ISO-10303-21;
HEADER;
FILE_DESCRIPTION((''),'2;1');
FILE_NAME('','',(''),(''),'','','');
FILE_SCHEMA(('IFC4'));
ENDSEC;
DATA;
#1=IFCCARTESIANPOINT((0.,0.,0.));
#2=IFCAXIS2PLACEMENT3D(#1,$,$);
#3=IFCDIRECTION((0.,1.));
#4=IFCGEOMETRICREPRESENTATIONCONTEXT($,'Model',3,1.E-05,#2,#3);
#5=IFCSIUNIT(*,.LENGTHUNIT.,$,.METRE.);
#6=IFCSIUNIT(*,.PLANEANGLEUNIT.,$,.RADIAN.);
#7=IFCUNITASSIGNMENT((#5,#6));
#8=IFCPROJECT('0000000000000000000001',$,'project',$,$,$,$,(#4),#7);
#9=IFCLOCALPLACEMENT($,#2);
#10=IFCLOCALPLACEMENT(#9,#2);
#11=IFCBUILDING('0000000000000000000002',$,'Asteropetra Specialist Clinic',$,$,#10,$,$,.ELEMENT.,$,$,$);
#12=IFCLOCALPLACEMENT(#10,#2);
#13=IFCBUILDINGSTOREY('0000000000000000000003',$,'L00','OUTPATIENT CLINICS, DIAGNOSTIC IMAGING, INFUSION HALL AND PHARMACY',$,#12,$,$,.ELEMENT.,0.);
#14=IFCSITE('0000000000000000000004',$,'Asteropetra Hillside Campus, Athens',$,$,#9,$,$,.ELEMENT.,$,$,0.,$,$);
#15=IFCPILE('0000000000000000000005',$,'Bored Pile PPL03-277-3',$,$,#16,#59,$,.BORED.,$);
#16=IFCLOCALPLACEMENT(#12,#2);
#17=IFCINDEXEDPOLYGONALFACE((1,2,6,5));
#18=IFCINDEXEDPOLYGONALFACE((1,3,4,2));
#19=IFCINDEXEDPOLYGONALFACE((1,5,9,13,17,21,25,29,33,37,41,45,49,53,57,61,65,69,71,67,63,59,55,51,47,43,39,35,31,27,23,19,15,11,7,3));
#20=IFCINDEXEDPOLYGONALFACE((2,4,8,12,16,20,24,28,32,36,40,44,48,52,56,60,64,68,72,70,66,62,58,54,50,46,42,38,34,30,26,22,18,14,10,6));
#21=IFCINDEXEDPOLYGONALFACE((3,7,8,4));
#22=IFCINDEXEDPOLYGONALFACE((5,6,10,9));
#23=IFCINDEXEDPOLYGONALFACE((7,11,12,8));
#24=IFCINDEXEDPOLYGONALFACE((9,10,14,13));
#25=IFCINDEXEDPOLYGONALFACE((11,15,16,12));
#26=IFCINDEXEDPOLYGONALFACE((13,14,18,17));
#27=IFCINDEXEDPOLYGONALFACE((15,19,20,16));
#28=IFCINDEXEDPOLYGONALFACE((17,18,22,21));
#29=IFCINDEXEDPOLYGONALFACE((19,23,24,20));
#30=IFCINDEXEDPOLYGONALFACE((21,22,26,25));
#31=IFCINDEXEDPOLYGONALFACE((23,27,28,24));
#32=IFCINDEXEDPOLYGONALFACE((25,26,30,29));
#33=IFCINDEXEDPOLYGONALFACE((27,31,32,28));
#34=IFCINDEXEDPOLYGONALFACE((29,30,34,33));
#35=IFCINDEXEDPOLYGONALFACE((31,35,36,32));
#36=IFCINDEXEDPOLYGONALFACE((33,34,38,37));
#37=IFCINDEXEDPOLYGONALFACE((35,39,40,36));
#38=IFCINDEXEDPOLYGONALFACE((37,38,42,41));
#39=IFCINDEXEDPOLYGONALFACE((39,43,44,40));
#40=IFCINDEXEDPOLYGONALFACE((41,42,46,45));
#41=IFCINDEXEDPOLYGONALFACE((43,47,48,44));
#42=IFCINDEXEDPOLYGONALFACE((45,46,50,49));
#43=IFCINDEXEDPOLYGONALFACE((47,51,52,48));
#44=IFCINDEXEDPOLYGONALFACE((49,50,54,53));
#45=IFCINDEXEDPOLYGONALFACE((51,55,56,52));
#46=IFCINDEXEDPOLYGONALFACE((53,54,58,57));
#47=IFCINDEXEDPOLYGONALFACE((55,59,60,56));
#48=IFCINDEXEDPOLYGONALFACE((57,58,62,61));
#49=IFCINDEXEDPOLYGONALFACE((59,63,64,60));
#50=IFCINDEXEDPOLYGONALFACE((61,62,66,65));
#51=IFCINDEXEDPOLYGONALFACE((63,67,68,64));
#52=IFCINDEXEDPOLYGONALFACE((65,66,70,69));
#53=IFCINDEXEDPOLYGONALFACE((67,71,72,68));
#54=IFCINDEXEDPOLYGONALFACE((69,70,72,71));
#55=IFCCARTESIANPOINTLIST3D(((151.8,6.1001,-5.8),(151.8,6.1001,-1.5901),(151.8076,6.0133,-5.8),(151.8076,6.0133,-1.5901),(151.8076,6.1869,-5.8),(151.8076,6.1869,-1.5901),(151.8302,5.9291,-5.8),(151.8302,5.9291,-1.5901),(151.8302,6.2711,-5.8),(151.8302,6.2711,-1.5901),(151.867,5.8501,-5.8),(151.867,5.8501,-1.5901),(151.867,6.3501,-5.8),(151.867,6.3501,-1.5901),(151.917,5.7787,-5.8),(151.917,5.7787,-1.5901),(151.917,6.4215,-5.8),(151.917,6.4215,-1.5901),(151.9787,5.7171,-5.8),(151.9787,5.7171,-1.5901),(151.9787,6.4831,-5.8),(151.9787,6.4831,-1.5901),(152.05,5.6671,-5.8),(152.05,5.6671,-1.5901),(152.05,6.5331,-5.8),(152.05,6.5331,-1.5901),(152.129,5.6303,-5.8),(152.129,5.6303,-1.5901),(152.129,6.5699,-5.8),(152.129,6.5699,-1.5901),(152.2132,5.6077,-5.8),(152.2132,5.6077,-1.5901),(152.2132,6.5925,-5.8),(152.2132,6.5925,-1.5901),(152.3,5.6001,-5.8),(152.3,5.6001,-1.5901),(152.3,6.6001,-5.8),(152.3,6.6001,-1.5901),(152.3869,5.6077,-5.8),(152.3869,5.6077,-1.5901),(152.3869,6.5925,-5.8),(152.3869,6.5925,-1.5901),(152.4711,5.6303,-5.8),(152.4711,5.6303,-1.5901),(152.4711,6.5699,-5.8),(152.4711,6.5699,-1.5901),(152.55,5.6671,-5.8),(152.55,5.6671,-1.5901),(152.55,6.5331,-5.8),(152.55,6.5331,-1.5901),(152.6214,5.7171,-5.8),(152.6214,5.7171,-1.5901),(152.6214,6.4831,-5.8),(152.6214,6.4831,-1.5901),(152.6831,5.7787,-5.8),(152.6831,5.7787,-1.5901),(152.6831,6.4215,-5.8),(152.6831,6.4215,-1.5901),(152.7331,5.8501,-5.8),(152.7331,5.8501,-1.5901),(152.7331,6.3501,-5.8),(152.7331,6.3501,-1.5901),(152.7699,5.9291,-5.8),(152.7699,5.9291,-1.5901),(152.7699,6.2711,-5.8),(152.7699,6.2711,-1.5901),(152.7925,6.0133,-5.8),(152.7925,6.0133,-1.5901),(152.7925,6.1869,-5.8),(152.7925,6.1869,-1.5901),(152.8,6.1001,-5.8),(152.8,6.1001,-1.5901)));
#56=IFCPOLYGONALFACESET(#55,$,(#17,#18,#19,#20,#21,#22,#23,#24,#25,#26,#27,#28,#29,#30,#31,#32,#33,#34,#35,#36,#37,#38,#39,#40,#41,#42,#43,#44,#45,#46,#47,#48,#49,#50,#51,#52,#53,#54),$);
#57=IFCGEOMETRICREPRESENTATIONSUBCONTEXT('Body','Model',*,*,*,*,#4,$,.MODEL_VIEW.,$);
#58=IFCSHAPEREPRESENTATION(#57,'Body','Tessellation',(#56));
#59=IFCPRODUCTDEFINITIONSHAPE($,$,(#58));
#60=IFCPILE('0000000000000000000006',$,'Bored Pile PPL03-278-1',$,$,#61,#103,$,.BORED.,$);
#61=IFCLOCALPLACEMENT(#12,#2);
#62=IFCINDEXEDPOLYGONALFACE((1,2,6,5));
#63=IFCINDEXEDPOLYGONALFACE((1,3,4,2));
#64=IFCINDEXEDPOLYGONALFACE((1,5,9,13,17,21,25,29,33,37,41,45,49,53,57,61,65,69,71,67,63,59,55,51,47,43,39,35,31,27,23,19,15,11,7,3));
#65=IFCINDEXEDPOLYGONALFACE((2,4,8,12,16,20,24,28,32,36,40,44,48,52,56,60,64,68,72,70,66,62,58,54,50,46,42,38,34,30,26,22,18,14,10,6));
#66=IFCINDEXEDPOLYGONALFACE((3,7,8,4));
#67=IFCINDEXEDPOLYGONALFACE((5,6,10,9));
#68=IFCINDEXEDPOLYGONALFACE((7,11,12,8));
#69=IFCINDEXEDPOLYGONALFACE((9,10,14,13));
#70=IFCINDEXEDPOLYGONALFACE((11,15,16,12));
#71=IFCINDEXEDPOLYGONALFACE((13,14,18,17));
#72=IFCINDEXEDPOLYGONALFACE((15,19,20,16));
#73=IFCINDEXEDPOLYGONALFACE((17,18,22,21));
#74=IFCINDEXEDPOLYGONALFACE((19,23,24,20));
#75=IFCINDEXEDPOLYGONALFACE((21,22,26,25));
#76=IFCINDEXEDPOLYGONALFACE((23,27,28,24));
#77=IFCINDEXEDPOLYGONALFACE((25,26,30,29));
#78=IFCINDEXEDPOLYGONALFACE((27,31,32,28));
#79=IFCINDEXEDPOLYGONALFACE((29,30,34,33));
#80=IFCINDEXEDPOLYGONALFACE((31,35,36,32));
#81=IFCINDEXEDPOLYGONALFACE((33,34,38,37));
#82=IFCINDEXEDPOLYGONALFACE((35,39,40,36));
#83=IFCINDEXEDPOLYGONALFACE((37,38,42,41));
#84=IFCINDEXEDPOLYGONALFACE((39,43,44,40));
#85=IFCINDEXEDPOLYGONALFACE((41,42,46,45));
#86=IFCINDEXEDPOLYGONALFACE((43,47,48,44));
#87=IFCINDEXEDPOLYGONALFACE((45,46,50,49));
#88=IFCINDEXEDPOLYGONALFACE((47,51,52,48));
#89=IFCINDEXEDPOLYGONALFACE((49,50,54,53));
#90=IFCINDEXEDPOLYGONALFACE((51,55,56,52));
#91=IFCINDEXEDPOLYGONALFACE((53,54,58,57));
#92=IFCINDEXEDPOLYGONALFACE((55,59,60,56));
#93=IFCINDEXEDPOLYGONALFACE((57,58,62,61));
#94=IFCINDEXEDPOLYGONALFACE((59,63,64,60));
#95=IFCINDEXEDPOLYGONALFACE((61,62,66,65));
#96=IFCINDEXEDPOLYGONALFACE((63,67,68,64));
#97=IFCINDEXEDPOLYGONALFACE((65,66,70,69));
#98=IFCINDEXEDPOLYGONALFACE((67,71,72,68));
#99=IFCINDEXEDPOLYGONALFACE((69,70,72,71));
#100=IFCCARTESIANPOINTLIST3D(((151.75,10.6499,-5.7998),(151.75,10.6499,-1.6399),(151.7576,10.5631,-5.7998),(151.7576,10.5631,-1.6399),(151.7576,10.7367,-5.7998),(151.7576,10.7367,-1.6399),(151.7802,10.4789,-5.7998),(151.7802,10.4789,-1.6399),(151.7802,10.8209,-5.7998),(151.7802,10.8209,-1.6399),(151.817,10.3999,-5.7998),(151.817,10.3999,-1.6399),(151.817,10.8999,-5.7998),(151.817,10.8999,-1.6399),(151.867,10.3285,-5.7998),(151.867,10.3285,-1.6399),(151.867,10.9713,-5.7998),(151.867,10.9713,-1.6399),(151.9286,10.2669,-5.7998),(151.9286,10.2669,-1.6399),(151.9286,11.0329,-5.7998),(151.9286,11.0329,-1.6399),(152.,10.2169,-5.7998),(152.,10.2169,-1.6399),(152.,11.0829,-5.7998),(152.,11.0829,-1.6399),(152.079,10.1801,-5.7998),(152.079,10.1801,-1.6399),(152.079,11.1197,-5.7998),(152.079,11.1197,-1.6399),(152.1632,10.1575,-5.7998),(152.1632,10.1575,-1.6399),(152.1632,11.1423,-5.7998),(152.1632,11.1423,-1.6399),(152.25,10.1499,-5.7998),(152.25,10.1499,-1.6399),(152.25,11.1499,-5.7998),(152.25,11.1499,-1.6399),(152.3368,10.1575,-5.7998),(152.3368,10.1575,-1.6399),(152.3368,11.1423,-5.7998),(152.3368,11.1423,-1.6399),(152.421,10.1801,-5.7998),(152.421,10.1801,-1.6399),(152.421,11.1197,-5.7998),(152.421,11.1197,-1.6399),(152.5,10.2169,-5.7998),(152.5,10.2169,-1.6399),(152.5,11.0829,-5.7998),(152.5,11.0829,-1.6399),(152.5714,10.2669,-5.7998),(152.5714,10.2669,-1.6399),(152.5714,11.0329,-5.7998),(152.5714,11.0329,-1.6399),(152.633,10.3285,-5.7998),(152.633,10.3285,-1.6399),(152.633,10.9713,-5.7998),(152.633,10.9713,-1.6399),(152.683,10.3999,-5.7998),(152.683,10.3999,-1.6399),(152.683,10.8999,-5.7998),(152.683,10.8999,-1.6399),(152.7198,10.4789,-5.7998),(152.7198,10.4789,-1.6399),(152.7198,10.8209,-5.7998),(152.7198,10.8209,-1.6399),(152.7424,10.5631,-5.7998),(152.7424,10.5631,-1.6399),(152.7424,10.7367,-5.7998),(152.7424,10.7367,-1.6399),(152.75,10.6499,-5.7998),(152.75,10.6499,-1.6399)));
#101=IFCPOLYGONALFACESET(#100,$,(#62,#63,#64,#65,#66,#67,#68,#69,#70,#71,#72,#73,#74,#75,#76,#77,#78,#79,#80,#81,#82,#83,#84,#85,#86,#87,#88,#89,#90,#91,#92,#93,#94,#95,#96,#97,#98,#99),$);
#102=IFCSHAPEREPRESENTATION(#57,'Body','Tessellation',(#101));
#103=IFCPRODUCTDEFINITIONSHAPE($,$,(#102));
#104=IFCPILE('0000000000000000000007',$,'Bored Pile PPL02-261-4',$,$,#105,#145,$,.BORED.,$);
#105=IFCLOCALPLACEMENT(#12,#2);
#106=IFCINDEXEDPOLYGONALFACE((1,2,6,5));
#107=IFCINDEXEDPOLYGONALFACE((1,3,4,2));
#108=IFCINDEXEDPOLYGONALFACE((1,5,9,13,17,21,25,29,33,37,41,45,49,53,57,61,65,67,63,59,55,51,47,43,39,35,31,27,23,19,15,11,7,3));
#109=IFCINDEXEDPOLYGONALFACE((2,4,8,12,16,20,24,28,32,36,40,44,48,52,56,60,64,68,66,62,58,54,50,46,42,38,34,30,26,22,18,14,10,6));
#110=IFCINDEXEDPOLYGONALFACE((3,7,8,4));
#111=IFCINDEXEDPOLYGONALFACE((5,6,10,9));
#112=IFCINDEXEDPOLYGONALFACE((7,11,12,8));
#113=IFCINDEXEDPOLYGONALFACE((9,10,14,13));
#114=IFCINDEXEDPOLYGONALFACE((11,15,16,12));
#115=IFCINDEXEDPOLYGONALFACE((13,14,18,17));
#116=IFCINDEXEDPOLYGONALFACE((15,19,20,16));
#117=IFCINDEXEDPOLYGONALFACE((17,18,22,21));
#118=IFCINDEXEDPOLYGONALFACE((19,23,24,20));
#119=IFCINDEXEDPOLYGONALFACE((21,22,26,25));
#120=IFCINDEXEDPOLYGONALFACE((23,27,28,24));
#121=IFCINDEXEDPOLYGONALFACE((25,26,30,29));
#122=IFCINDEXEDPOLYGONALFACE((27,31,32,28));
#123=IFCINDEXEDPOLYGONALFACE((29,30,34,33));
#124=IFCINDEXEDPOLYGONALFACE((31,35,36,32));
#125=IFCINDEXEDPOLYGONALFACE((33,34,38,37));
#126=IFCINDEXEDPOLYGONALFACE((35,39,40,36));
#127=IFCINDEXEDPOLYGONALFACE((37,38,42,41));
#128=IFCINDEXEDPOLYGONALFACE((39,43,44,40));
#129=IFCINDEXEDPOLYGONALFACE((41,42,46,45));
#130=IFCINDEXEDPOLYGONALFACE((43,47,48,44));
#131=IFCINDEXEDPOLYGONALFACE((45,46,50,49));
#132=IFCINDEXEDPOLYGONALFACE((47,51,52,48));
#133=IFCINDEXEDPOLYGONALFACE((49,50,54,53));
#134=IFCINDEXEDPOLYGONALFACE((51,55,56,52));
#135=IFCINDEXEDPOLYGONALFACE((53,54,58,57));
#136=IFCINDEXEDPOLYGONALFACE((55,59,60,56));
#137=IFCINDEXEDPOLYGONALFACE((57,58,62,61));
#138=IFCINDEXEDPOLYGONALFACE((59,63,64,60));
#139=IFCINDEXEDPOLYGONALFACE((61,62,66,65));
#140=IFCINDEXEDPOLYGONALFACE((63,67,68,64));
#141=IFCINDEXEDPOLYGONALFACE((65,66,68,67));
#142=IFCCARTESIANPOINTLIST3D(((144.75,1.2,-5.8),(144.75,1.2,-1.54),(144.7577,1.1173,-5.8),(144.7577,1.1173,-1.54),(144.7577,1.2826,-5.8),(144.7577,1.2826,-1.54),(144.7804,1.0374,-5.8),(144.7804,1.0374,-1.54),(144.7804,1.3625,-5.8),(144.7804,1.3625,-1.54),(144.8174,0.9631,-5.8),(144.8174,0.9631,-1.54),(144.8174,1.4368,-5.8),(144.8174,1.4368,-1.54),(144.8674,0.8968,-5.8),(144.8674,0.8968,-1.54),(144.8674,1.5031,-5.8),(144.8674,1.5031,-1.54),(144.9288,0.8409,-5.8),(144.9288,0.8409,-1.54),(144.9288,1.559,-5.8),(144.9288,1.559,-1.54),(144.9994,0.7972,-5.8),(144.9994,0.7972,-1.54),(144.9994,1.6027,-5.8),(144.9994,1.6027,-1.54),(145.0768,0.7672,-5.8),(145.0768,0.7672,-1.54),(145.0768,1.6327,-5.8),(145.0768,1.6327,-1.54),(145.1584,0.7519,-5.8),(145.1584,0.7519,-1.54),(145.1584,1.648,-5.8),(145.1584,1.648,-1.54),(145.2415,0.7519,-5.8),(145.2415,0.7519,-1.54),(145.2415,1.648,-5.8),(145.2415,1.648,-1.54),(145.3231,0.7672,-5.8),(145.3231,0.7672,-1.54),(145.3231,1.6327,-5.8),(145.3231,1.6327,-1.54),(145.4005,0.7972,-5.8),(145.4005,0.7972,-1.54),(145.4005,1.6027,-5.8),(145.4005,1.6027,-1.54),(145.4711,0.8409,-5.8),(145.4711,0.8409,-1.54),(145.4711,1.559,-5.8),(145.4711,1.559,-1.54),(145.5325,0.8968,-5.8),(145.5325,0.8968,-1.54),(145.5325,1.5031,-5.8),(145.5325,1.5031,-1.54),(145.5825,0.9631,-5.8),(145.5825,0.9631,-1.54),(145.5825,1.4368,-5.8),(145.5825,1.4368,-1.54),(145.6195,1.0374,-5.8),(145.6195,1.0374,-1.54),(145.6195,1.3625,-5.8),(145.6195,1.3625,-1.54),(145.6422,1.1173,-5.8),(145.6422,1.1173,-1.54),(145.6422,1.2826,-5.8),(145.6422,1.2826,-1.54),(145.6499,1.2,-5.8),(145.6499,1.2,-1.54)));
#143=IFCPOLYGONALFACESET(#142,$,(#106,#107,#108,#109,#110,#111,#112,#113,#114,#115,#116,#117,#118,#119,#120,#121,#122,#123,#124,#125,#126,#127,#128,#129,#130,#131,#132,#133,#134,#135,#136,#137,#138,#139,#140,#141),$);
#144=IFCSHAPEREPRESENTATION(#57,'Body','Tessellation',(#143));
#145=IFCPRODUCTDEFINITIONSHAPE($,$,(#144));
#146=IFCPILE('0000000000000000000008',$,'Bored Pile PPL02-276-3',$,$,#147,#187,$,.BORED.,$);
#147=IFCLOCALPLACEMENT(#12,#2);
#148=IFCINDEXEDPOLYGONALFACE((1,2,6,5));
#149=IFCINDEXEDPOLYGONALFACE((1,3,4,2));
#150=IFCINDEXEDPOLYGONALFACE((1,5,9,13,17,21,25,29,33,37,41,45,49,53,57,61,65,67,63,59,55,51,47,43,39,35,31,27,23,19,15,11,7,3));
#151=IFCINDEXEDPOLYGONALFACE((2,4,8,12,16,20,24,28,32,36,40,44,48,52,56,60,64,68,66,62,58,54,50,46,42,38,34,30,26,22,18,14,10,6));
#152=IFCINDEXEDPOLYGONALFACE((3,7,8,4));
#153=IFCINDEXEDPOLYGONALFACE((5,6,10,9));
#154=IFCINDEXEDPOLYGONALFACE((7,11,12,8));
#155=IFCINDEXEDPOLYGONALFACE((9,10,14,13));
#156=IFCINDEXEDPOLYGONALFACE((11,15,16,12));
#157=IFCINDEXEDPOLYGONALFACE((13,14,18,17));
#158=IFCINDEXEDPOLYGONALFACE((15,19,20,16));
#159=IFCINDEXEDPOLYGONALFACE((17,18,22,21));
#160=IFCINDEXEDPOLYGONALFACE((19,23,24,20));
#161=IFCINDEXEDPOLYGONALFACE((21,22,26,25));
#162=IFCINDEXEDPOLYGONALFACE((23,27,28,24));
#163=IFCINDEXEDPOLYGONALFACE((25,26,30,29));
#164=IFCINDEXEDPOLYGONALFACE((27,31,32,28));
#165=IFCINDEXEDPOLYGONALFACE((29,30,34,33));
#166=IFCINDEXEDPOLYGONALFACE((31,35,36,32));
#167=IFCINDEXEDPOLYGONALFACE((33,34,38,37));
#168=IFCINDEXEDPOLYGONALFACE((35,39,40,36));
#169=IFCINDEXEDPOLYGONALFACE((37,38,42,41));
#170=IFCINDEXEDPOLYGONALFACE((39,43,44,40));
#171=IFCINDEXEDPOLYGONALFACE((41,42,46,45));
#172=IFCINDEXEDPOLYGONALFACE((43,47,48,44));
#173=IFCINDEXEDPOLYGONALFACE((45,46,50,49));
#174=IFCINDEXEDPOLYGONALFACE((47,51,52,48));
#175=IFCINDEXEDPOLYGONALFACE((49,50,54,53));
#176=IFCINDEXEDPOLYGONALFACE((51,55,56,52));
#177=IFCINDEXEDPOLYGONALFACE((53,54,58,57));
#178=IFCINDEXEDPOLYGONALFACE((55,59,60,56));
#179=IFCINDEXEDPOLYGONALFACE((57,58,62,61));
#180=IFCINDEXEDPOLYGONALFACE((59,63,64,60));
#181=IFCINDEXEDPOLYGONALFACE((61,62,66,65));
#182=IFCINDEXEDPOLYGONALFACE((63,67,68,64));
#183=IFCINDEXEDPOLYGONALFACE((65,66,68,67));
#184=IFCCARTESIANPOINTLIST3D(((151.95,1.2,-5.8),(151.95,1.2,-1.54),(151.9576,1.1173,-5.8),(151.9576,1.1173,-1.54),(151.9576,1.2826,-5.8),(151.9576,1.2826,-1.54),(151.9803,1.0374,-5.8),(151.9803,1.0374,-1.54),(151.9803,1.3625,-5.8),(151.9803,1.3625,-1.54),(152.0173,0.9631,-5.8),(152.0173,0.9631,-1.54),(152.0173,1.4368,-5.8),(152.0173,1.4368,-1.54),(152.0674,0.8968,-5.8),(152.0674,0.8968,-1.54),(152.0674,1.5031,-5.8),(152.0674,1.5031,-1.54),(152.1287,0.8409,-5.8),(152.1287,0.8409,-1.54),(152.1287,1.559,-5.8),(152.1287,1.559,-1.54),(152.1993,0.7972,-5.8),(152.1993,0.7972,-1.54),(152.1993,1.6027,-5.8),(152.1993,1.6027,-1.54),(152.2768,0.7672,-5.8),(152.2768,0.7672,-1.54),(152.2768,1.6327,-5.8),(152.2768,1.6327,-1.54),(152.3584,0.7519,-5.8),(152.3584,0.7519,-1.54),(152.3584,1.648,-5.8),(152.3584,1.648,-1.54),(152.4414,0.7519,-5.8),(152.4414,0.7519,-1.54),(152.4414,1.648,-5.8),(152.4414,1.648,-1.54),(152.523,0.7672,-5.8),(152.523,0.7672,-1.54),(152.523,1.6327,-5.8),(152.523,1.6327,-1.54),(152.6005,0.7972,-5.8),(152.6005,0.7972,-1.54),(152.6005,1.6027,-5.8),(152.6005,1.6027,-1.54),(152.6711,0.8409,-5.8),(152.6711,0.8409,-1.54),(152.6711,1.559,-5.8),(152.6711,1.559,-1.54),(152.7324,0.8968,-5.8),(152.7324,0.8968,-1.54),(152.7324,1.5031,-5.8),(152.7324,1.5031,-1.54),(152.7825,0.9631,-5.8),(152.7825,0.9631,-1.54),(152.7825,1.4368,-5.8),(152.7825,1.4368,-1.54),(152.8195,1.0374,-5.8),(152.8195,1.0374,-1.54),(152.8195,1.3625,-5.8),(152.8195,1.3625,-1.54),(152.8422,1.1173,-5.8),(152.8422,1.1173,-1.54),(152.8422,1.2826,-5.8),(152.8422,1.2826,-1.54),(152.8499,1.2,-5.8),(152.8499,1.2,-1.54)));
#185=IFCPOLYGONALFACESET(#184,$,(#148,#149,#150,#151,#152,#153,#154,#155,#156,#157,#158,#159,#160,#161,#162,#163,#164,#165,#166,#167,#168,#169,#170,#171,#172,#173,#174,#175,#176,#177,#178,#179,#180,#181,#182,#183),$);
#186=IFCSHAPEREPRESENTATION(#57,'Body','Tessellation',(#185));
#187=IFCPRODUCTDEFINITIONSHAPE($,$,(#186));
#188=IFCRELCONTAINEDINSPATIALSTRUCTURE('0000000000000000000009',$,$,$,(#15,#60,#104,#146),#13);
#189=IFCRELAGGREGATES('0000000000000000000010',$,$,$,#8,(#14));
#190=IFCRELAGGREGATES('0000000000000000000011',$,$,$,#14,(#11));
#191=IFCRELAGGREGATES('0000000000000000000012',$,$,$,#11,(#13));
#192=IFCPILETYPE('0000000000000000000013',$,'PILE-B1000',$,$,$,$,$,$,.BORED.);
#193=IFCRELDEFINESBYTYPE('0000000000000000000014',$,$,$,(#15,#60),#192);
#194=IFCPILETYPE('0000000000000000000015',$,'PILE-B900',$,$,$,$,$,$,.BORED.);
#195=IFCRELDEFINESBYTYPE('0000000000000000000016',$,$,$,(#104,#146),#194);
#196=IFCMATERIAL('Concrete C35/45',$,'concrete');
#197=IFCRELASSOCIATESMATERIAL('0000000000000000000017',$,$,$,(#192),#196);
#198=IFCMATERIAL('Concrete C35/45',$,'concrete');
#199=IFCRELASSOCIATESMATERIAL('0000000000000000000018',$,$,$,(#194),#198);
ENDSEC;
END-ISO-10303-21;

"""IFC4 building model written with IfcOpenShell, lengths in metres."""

from ifc_helpers import new_model, si_unit, direction, frame, origin, origin_2d, place, context, subcontext, project, spatial, circle, extrude, material, material_profile, profile_set, type_object, element, save


model = new_model("IFC4")

# Units and contexts
model_context = context("Model", 3, precision=1e-05, world=origin(), true_north=direction((0.0, 1.0)))
body_context = subcontext(model_context, "Body", "Model", "MODEL_VIEW")
ifc_project = project(units=[si_unit("LENGTHUNIT", "METRE"), si_unit("PLANEANGLEUNIT", "RADIAN")], contexts=[model_context])

# Site, building, storey
site_placement = place(None, origin())
site = spatial("IfcSite", under=ifc_project, at=site_placement, Name="Asteropetra Hillside Campus, Athens", CompositionType="ELEMENT", RefElevation=0.0)
building_placement = place(site_placement, origin())
building = spatial("IfcBuilding", under=site, at=building_placement, Name="Asteropetra Specialist Clinic", CompositionType="ELEMENT")
storey_placement = place(building_placement, origin())
storey = spatial("IfcBuildingStorey", under=building, at=storey_placement, Name="L00", Description="OUTPATIENT CLINICS, DIAGNOSTIC IMAGING, INFUSION HALL AND PHARMACY", CompositionType="ELEMENT", Elevation=0.0)

# Piles
ifc_material_1 = material(Name="Concrete C35/45", Category="concrete")
ifc_material_profile_1 = material_profile(ifc_material_1, circle(Radius=0.5, at=origin_2d()), Name="PILE D1000")
ifc_profile_set_1 = profile_set([ifc_material_profile_1], Name="Concrete C35/45")
pile_type_1 = type_object("IfcPileType", Name="PILE-B1000", PredefinedType="BORED", material=ifc_profile_set_1)
for number, where, z_axis, x_axis, name in (
    (1, (152.3, 6.1001, -1.5901), (0.0, 0.0, -1.0), (1.0, 0.0, 0.0), "Bored Pile PPL03-277-3"),
):
    element("IfcPile", number, at=place(storey_placement, frame(where, z_axis=z_axis, x_axis=x_axis)), inside=storey, type_object=pile_type_1, Name=name, PredefinedType="BORED", context=body_context, shape_type="SweptSolid", body=[
        extrude(circle(Radius=0.5, at=origin_2d()), origin(), (0.0, 0.0, 1.0), 4.21),
    ])
pile_placement = place(storey_placement, frame((152.25, 10.6499, -1.6399), z_axis=(0.0, 0.0, -1.0), x_axis=(1.0, 0.0, 0.0)))
element("IfcPile", 2, at=pile_placement, inside=storey, type_object=pile_type_1, Name="Bored Pile PPL03-278-1", PredefinedType="BORED", context=body_context, shape_type="SweptSolid", body=[
    extrude(circle(Radius=0.5, at=origin_2d()), origin(), (0.0, 0.0, 1.0), 4.1599),
])
ifc_material_2 = material(Name="Concrete C35/45", Category="concrete")
ifc_material_profile_2 = material_profile(ifc_material_2, circle(Radius=0.45, at=origin_2d()), Name="PILE D900")
ifc_profile_set_2 = profile_set([ifc_material_profile_2], Name="Concrete C35/45")
pile_type_2 = type_object("IfcPileType", Name="PILE-B900", PredefinedType="BORED", material=ifc_profile_set_2)
for number, where, z_axis, x_axis, name in (
    (3, (145.2, 1.2, -1.54), (0.0, 0.0, -1.0), (1.0, 0.0, 0.0), "Bored Pile PPL02-261-4"),
    (4, (152.3999, 1.2, -1.54), (0.0, 0.0, -1.0), (1.0, 0.0, 0.0), "Bored Pile PPL02-276-3"),
):
    element("IfcPile", number, at=place(storey_placement, frame(where, z_axis=z_axis, x_axis=x_axis)), inside=storey, type_object=pile_type_2, Name=name, PredefinedType="BORED", context=body_context, shape_type="SweptSolid", body=[
        extrude(circle(Radius=0.45, at=origin_2d()), origin(), (0.0, 0.0, 1.0), 4.26),
    ])

save(model, "model.ifc")
